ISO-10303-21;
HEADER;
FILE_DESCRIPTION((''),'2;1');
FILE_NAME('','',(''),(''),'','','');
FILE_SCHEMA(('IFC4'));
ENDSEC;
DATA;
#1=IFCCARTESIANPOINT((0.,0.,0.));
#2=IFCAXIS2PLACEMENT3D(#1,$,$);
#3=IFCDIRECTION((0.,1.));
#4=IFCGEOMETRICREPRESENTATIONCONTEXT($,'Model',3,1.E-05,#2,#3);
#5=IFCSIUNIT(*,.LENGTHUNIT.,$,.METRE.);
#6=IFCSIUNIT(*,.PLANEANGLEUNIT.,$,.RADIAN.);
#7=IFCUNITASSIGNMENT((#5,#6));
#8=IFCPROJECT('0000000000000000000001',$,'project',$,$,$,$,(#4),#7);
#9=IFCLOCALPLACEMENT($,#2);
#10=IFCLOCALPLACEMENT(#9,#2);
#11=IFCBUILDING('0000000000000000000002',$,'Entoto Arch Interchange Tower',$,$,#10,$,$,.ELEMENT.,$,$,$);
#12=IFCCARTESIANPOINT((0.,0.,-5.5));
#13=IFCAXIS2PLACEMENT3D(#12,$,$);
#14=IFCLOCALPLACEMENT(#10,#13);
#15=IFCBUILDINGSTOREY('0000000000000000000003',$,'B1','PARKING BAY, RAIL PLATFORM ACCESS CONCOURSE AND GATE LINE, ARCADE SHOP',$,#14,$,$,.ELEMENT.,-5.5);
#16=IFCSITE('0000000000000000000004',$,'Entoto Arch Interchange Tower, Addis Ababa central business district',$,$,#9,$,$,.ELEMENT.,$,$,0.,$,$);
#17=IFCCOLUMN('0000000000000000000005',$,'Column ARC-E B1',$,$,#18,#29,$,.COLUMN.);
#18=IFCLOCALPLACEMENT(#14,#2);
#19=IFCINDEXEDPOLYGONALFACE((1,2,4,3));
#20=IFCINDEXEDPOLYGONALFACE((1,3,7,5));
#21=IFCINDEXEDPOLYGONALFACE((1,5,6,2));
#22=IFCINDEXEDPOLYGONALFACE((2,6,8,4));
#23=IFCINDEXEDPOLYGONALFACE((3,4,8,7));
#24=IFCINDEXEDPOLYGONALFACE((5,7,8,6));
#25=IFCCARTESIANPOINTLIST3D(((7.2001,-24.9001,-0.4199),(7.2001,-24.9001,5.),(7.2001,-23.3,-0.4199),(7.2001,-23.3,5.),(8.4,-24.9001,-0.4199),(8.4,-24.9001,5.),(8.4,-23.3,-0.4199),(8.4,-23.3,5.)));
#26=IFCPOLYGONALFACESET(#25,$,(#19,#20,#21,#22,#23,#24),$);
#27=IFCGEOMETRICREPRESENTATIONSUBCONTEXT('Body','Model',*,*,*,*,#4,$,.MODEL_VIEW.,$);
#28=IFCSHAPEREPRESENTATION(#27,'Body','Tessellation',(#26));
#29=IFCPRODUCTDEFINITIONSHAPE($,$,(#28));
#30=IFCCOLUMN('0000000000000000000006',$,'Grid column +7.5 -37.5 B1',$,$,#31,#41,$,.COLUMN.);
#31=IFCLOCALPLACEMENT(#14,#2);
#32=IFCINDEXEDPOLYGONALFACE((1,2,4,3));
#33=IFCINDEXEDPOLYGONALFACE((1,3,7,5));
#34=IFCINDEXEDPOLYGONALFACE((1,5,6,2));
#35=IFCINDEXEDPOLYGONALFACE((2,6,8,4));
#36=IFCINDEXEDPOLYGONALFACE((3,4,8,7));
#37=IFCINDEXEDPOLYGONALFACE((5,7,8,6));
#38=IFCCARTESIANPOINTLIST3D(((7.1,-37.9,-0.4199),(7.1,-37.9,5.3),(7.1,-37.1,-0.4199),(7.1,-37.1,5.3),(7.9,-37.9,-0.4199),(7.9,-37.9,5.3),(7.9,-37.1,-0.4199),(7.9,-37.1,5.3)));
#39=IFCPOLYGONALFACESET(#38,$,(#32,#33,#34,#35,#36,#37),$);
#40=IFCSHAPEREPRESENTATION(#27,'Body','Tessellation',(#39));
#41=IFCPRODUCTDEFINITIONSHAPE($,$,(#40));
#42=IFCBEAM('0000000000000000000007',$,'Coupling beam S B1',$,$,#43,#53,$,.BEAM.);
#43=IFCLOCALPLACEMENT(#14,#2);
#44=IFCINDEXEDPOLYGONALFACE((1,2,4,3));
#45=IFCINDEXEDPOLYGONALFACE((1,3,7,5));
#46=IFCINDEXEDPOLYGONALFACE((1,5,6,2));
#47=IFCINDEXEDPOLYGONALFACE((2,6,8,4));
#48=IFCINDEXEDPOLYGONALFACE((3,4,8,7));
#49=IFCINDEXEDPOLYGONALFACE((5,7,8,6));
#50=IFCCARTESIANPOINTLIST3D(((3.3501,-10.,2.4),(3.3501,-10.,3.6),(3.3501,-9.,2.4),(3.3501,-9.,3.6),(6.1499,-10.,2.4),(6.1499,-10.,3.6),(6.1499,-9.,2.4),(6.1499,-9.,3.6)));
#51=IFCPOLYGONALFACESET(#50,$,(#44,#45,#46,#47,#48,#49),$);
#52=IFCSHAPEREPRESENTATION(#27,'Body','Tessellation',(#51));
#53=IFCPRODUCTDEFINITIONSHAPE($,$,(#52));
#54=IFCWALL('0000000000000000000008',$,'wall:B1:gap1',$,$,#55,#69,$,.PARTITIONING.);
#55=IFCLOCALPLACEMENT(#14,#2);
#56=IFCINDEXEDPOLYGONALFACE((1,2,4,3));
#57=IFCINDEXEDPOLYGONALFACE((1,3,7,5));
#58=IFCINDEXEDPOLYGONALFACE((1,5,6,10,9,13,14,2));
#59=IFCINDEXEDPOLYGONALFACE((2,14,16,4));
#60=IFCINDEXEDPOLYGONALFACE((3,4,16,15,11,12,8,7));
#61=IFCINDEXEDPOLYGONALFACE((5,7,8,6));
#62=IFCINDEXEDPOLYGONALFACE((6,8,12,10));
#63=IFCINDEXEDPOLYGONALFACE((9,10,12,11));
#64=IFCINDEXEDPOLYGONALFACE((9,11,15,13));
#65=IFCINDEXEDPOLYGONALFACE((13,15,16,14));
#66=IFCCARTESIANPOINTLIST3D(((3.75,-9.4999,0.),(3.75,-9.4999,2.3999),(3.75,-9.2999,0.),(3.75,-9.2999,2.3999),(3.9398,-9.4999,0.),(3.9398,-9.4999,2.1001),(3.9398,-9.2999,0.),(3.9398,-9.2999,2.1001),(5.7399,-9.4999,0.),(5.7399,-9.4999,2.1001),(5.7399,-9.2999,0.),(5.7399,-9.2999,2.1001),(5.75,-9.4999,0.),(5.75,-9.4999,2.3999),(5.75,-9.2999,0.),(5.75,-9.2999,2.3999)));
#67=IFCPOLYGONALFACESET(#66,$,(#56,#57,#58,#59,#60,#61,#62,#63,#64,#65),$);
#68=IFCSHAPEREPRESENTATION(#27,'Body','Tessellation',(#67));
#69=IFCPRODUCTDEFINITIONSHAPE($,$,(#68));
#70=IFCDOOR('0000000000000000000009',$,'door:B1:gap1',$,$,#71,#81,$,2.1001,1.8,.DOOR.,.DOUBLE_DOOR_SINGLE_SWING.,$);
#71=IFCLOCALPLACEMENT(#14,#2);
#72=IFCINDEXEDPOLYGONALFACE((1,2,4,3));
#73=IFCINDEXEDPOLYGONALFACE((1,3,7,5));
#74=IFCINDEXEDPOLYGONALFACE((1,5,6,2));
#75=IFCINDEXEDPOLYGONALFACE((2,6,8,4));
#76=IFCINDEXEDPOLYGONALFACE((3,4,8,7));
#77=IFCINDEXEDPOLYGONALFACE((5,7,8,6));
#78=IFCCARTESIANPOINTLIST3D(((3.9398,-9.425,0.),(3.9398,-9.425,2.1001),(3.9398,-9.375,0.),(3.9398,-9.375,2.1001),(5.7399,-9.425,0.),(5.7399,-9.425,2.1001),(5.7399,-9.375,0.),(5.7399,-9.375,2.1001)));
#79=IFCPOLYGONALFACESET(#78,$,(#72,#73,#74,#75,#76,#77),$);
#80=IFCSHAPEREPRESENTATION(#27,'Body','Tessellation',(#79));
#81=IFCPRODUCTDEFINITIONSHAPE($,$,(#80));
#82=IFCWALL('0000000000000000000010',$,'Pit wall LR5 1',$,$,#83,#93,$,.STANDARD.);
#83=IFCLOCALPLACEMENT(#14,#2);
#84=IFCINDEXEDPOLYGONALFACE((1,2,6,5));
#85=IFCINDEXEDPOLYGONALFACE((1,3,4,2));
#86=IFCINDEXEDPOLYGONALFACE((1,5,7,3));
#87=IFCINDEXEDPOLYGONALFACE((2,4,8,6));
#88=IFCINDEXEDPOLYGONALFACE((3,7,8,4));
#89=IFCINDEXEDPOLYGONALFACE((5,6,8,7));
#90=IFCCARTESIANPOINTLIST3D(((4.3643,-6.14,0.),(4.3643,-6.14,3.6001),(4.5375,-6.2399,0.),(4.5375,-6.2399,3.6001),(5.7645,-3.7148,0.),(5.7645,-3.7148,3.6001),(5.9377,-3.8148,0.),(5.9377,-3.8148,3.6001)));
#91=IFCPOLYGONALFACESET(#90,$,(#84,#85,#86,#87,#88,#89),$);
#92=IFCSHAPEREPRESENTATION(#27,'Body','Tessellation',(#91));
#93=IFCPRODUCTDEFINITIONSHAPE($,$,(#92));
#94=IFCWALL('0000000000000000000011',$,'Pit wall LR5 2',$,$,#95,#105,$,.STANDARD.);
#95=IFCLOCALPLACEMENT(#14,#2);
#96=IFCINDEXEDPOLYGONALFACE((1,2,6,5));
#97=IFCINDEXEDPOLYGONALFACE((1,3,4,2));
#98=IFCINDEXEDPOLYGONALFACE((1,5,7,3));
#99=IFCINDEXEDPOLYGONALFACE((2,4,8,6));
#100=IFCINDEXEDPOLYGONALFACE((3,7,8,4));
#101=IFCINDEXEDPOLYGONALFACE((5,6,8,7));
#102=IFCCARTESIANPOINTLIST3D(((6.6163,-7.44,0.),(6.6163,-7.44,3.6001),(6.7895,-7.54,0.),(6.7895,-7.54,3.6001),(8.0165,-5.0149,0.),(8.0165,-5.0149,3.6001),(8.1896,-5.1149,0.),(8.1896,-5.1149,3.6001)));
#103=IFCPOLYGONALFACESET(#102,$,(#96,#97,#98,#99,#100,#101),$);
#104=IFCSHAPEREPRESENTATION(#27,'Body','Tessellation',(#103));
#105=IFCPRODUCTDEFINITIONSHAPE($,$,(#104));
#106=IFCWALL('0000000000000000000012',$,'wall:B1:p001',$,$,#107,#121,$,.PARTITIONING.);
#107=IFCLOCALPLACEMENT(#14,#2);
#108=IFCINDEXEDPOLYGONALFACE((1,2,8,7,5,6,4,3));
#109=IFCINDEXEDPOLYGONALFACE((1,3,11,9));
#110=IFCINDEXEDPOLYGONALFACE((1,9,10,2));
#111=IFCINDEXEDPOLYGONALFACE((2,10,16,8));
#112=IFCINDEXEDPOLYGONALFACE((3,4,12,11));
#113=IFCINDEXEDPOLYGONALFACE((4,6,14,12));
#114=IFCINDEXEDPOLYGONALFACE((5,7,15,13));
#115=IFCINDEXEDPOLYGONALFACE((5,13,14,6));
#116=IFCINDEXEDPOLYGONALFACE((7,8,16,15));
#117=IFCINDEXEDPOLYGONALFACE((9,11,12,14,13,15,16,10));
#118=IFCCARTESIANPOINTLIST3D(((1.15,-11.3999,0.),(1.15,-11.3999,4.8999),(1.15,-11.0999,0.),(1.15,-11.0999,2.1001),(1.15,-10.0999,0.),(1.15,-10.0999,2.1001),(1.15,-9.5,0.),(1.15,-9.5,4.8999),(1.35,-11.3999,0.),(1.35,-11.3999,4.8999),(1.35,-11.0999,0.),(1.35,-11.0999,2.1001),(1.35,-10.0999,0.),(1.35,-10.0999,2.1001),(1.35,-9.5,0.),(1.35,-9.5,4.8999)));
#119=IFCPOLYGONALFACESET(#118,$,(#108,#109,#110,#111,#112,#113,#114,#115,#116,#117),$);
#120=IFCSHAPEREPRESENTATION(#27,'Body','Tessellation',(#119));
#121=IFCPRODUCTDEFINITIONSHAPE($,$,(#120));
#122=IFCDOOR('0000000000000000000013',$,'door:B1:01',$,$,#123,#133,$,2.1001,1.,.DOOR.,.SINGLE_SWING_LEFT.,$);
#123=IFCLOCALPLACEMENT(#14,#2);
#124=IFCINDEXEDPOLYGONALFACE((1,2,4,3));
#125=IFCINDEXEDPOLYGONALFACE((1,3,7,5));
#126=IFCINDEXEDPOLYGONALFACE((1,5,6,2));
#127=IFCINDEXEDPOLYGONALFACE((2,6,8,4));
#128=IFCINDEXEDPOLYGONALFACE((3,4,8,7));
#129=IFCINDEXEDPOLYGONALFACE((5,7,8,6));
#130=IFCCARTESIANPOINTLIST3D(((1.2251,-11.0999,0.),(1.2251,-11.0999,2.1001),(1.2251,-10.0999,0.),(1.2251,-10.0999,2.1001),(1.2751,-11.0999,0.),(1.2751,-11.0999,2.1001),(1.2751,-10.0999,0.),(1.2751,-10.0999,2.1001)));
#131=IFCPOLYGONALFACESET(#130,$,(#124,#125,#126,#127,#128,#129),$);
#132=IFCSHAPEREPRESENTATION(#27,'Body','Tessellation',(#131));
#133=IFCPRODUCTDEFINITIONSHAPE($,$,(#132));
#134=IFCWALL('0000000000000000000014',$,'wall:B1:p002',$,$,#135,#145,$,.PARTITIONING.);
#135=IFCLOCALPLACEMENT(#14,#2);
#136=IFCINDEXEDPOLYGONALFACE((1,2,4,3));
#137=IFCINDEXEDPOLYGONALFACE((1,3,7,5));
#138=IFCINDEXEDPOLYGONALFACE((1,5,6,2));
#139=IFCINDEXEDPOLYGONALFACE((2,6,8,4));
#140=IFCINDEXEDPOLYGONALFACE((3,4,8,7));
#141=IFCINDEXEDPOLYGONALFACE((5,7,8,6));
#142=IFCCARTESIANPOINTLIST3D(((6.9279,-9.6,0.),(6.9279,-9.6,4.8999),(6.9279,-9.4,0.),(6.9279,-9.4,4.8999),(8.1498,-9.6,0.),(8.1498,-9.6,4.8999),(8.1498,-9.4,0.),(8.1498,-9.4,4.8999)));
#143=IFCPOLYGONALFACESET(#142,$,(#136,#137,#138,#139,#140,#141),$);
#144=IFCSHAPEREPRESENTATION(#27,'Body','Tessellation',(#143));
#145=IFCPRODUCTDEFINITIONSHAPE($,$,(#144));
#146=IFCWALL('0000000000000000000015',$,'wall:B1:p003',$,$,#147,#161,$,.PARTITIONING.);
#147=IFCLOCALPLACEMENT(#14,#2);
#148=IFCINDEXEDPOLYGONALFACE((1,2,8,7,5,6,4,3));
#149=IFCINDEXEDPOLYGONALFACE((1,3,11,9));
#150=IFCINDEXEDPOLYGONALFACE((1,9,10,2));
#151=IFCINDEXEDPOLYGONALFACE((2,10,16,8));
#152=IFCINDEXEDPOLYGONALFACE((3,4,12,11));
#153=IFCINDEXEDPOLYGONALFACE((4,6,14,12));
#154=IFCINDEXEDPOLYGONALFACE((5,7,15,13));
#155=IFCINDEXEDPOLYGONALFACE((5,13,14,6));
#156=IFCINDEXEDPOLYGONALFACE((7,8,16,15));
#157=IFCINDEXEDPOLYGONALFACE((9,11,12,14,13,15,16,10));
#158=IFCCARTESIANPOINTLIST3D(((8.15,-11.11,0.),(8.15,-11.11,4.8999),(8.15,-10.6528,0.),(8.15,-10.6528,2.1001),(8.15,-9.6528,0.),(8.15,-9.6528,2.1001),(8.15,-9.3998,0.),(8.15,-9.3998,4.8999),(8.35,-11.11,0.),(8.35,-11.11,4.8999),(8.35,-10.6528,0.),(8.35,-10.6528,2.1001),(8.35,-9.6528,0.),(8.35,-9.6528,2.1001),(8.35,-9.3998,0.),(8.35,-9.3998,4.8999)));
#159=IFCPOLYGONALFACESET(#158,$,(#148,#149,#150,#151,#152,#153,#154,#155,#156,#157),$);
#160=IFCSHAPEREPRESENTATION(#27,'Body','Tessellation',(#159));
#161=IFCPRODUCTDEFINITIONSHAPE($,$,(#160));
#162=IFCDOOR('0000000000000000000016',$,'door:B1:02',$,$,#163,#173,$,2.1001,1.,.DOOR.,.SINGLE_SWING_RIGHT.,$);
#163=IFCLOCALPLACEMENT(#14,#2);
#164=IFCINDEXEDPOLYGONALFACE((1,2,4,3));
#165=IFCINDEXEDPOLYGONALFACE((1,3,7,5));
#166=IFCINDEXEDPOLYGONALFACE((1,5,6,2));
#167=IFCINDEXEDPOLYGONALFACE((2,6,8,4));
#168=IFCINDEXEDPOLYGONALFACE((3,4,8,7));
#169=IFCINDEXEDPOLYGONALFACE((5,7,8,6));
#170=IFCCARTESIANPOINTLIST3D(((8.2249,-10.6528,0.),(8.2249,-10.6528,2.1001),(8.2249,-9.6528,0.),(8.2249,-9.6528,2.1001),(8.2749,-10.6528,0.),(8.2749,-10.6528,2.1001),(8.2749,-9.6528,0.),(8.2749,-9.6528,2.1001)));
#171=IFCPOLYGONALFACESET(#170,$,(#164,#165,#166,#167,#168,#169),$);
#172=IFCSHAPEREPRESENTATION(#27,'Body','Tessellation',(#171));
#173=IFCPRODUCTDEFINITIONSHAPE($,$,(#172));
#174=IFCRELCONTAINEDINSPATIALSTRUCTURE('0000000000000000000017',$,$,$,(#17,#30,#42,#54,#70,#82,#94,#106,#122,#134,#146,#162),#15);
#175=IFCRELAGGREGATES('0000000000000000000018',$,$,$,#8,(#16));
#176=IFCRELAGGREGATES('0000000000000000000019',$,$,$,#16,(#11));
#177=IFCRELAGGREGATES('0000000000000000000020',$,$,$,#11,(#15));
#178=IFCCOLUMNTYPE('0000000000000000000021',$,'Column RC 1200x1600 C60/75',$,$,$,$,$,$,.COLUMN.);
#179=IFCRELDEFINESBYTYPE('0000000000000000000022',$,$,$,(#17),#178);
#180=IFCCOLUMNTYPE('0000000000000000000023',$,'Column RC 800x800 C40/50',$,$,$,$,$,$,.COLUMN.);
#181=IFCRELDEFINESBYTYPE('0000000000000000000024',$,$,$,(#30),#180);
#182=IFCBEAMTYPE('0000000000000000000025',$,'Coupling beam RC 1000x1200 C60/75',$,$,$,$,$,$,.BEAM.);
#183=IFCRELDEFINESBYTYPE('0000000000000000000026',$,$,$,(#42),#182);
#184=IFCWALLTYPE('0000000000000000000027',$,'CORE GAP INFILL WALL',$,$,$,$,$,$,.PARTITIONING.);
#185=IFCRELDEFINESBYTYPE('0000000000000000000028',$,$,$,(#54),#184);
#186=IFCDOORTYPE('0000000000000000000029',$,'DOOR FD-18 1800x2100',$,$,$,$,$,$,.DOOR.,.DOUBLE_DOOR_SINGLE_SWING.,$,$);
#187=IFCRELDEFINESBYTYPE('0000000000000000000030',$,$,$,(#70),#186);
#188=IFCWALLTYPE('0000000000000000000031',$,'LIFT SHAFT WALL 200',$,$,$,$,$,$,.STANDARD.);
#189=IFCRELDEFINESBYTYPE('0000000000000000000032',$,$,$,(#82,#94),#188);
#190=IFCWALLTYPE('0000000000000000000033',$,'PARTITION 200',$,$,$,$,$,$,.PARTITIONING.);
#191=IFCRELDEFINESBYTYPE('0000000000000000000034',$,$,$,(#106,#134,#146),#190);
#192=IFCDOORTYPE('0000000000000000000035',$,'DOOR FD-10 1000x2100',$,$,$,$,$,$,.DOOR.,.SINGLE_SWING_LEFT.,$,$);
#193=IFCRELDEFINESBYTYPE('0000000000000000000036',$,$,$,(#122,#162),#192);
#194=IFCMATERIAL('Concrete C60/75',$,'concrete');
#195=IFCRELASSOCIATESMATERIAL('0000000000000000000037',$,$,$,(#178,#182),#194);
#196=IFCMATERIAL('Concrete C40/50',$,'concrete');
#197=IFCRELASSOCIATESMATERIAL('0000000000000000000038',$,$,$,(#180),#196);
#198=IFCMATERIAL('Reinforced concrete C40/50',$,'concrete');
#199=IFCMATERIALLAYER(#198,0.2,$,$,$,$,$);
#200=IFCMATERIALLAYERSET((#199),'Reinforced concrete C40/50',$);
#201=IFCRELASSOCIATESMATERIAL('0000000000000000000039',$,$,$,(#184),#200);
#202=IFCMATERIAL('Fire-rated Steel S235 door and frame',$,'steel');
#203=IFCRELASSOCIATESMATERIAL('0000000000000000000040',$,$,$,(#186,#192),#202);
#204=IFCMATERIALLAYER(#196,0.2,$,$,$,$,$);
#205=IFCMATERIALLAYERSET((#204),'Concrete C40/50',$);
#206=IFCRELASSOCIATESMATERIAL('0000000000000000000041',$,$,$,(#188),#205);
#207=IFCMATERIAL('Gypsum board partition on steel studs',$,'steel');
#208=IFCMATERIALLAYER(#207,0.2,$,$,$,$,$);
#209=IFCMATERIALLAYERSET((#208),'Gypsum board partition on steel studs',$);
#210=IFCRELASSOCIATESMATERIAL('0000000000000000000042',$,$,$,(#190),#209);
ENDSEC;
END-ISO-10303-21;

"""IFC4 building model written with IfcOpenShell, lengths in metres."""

from ifc_helpers import new_model, si_unit, direction, frame, frame_2d, origin, origin_2d, place, context, subcontext, project, spatial, rectangle, extrude, material, layer, layer_set, material_profile, profile_set, type_object, element, fill, save


model = new_model("IFC4")

# Units and contexts
model_context = context("Model", 3, precision=1e-05, world=origin(), true_north=direction((0.0, 1.0)))
body_context = subcontext(model_context, "Body", "Model", "MODEL_VIEW")
ifc_project = project(units=[si_unit("LENGTHUNIT", "METRE"), si_unit("PLANEANGLEUNIT", "RADIAN")], contexts=[model_context])

# Site, building, storey
site_placement = place(None, origin())
site = spatial("IfcSite", under=ifc_project, at=site_placement, Name="Entoto Arch Interchange Tower, Addis Ababa central business district", CompositionType="ELEMENT", RefElevation=0.0)
building_placement = place(site_placement, origin())
building = spatial("IfcBuilding", under=site, at=building_placement, Name="Entoto Arch Interchange Tower", CompositionType="ELEMENT")
storey_placement = place(building_placement, frame((0.0, 0.0, -5.5)))
storey = spatial("IfcBuildingStorey", under=building, at=storey_placement, Name="B1", Description="PARKING BAY, RAIL PLATFORM ACCESS CONCOURSE AND GATE LINE, ARCADE SHOP", CompositionType="ELEMENT", Elevation=-5.5)

# Columns
ifc_material_1 = material(Name="Concrete C60/75", Category="concrete")
ifc_material_profile_1 = material_profile(ifc_material_1, rectangle(XDim=1.2, YDim=1.6001, at=origin_2d()))
ifc_profile_set_1 = profile_set([ifc_material_profile_1], Name="Concrete C60/75")
column_type_1 = type_object("IfcColumnType", Name="Column RC 1200x1600 C60/75", PredefinedType="COLUMN", material=ifc_profile_set_1)
column_1_placement = place(storey_placement, frame((7.8, -24.1001, -0.4199), z_axis=(0.0, 0.0, 1.0), x_axis=(1.0, 0.0, 0.0)))
element("IfcColumn", 1, at=column_1_placement, inside=storey, type_object=column_type_1, Name="Column ARC-E B1", PredefinedType="COLUMN", context=body_context, shape_type="SweptSolid", body=[
    extrude(rectangle(XDim=1.2, YDim=1.6001, at=origin_2d()), origin(), (0.0, 0.0, 1.0), 5.4199),
])
ifc_material_2 = material(Name="Concrete C40/50", Category="concrete")
ifc_material_profile_2 = material_profile(ifc_material_2, rectangle(XDim=0.8, YDim=0.8, at=origin_2d()))
ifc_profile_set_2 = profile_set([ifc_material_profile_2], Name="Concrete C40/50")
column_type_2 = type_object("IfcColumnType", Name="Column RC 800x800 C40/50", PredefinedType="COLUMN", material=ifc_profile_set_2)
column_2_placement = place(storey_placement, frame((7.5, -37.5, -0.4199), z_axis=(0.0, 0.0, 1.0), x_axis=(1.0, 0.0, 0.0)))
element("IfcColumn", 2, at=column_2_placement, inside=storey, type_object=column_type_2, Name="Grid column +7.5 -37.5 B1", PredefinedType="COLUMN", context=body_context, shape_type="SweptSolid", body=[
    extrude(rectangle(XDim=0.8, YDim=0.8, at=origin_2d()), origin(), (0.0, 0.0, 1.0), 5.72),
])

# Beam
ifc_material_profile_3 = material_profile(ifc_material_1, rectangle(XDim=1.0, YDim=1.2, at=origin_2d()))
ifc_profile_set_3 = profile_set([ifc_material_profile_3], Name="Concrete C60/75")
beam_type = type_object("IfcBeamType", Name="Coupling beam RC 1000x1200 C60/75", PredefinedType="BEAM", material=ifc_profile_set_3)
beam_placement = place(storey_placement, frame((3.3501, -9.5, 3.0), z_axis=(1.0, 0.0, 0.0), x_axis=(0.0, 1.0, 0.0)))
element("IfcBeam", 3, at=beam_placement, inside=storey, type_object=beam_type, Name="Coupling beam S B1", PredefinedType="BEAM", context=body_context, shape_type="SweptSolid", body=[
    extrude(rectangle(XDim=1.0, YDim=1.2, at=origin_2d()), origin(), (0.0, 0.0, 1.0), 2.7998),
])

# Wall, opening, door
ifc_material_3 = material(Name="Reinforced concrete C40/50", Category="concrete")
ifc_layer_1 = layer(ifc_material_3, 0.2)
ifc_layer_set_1 = layer_set([ifc_layer_1], Name="Reinforced concrete C40/50")
wall_type_1 = type_object("IfcWallType", Name="CORE GAP INFILL WALL", PredefinedType="PARTITIONING", material=ifc_layer_set_1)
wall_1_placement = place(storey_placement, frame((3.75, -9.3999, 0.0), z_axis=(0.0, 0.0, 1.0), x_axis=(1.0, 0.0, 0.0)))
wall_1 = element("IfcWall", 4, at=wall_1_placement, inside=storey, type_object=wall_type_1, Name="wall:B1:gap1", PredefinedType="PARTITIONING", context=body_context, shape_type="SweptSolid", body=[
    extrude(rectangle(XDim=2.0, YDim=0.2, at=frame_2d((1.0, 0.0))), origin(), (0.0, 0.0, 1.0), 2.3999),
])
opening_1_placement = place(wall_1_placement, frame((0.1899, 0.0, 0.0)))
opening_1 = element("IfcOpeningElement", 5, at=opening_1_placement, cuts=wall_1, PredefinedType="OPENING", context=body_context, shape_type="SweptSolid", body=[
    extrude(rectangle(XDim=1.8, YDim=2.1001, at=frame_2d((0.8999, 1.05))), frame((0.0, 0.1099, 0.0), z_axis=(0.0, -1.0, 0.0), x_axis=(1.0, 0.0, 0.0)), (0.0, 0.0, 1.0), 0.22),
])
ifc_material_4 = material(Name="Fire-rated Steel S235 door and frame", Category="steel")
door_type_1 = type_object("IfcDoorType", Name="DOOR FD-18 1800x2100", OperationType="DOUBLE_DOOR_SINGLE_SWING", PredefinedType="DOOR", material=ifc_material_4)
door_1_placement = place(opening_1_placement, origin())
door_1 = element("IfcDoor", 6, at=door_1_placement, inside=storey, type_object=door_type_1, Name="door:B1:gap1", OperationType="DOUBLE_DOOR_SINGLE_SWING", OverallHeight=2.1001, OverallWidth=1.8, PredefinedType="DOOR", context=body_context, shape_type="SweptSolid", body=[
    extrude(rectangle(XDim=1.8, YDim=2.1001, at=frame_2d((0.8999, 1.05))), frame((0.0, 0.0249, 0.0), z_axis=(0.0, -1.0, 0.0), x_axis=(1.0, 0.0, 0.0)), (0.0, 0.0, 1.0), 0.05),
])
fill(opening_1, door_1)

# Walls
ifc_layer_2 = layer(ifc_material_2, 0.2)
ifc_layer_set_2 = layer_set([ifc_layer_2], Name="Concrete C40/50")
wall_type_2 = type_object("IfcWallType", Name="LIFT SHAFT WALL 200", PredefinedType="STANDARD", material=ifc_layer_set_2)
for number, where, z_axis, x_axis, name in (
    (7, (4.4509, -6.1899, 0.0), (0.0, 0.0, 1.0), (0.500012, 0.866019, 0.0), "Pit wall LR5 1"),
    (8, (6.7029, -7.49, 0.0), (0.0, 0.0, 1.0), (0.500012, 0.866019, 0.0), "Pit wall LR5 2"),
):
    element("IfcWall", number, at=place(storey_placement, frame(where, z_axis=z_axis, x_axis=x_axis)), inside=storey, type_object=wall_type_2, Name=name, PredefinedType="STANDARD", context=body_context, shape_type="SweptSolid", body=[
        extrude(rectangle(XDim=2.8003, YDim=0.2, at=frame_2d((1.4001, 0.0))), origin(), (0.0, 0.0, 1.0), 3.6001),
    ])

# Wall, opening, door
ifc_material_5 = material(Name="Gypsum board partition on steel studs", Category="steel")
ifc_layer_3 = layer(ifc_material_5, 0.2)
ifc_layer_set_3 = layer_set([ifc_layer_3], Name="Gypsum board partition on steel studs")
wall_type_3 = type_object("IfcWallType", Name="PARTITION 200", PredefinedType="PARTITIONING", material=ifc_layer_set_3)
wall_2_placement = place(storey_placement, frame((1.25, -11.3999, 0.0), z_axis=(0.0, 0.0, 1.0), x_axis=(0.0, 1.0, 0.0)))
wall_2 = element("IfcWall", 9, at=wall_2_placement, inside=storey, type_object=wall_type_3, Name="wall:B1:p001", PredefinedType="PARTITIONING", context=body_context, shape_type="SweptSolid", body=[
    extrude(rectangle(XDim=1.8999, YDim=0.2, at=frame_2d((0.95, 0.0))), origin(), (0.0, 0.0, 1.0), 4.8999),
])
opening_2_placement = place(wall_2_placement, frame((0.3, 0.0, 0.0)))
opening_2 = element("IfcOpeningElement", 10, at=opening_2_placement, cuts=wall_2, PredefinedType="OPENING", context=body_context, shape_type="SweptSolid", body=[
    extrude(rectangle(XDim=1.0, YDim=2.1001, at=frame_2d((0.5, 1.05))), frame((0.0, 0.1099, 0.0), z_axis=(0.0, -1.0, 0.0), x_axis=(1.0, 0.0, 0.0)), (0.0, 0.0, 1.0), 0.22),
])
door_type_2 = type_object("IfcDoorType", Name="DOOR FD-10 1000x2100", OperationType="SINGLE_SWING_LEFT", PredefinedType="DOOR", material=ifc_material_4)
door_2_placement = place(opening_2_placement, origin())
door_2 = element("IfcDoor", 11, at=door_2_placement, inside=storey, type_object=door_type_2, Name="door:B1:01", OperationType="SINGLE_SWING_LEFT", OverallHeight=2.1001, OverallWidth=1.0, PredefinedType="DOOR", context=body_context, shape_type="SweptSolid", body=[
    extrude(rectangle(XDim=1.0, YDim=2.1001, at=frame_2d((0.5, 1.05))), frame((0.0, 0.0249, 0.0), z_axis=(0.0, -1.0, 0.0), x_axis=(1.0, 0.0, 0.0)), (0.0, 0.0, 1.0), 0.05),
])
fill(opening_2, door_2)

# Wall
wall_3_placement = place(storey_placement, frame((6.928, -9.5, 0.0), z_axis=(0.0, 0.0, 1.0), x_axis=(1.0, 0.0, 0.0)))
element("IfcWall", 12, at=wall_3_placement, inside=storey, type_object=wall_type_3, Name="wall:B1:p002", PredefinedType="PARTITIONING", context=body_context, shape_type="SweptSolid", body=[
    extrude(rectangle(XDim=1.2219, YDim=0.2, at=frame_2d((0.6108, 0.0))), origin(), (0.0, 0.0, 1.0), 4.8999),
])

# Wall, opening, door
wall_4_placement = place(storey_placement, frame((8.25, -9.3999, 0.0), z_axis=(0.0, 0.0, 1.0), x_axis=(0.0, -1.0, 0.0)))
wall_4 = element("IfcWall", 13, at=wall_4_placement, inside=storey, type_object=wall_type_3, Name="wall:B1:p003", PredefinedType="PARTITIONING", context=body_context, shape_type="SweptSolid", body=[
    extrude(rectangle(XDim=1.7102, YDim=0.2, at=frame_2d((0.855, 0.0))), origin(), (0.0, 0.0, 1.0), 4.8999),
])
opening_3_placement = place(wall_4_placement, frame((0.2529, 0.0, 0.0)))
opening_3 = element("IfcOpeningElement", 14, at=opening_3_placement, cuts=wall_4, PredefinedType="OPENING", context=body_context, shape_type="SweptSolid", body=[
    extrude(rectangle(XDim=1.0, YDim=2.1001, at=frame_2d((0.5, 1.05))), frame((0.0, 0.1099, 0.0), z_axis=(0.0, -1.0, 0.0), x_axis=(1.0, 0.0, 0.0)), (0.0, 0.0, 1.0), 0.22),
])
door_3_placement = place(opening_3_placement, origin())
door_3 = element("IfcDoor", 15, at=door_3_placement, inside=storey, type_object=door_type_2, Name="door:B1:02", OperationType="SINGLE_SWING_RIGHT", OverallHeight=2.1001, OverallWidth=1.0, PredefinedType="DOOR", context=body_context, shape_type="SweptSolid", body=[
    extrude(rectangle(XDim=1.0, YDim=2.1001, at=frame_2d((0.5, 1.05))), frame((0.0, 0.0249, 0.0), z_axis=(0.0, -1.0, 0.0), x_axis=(1.0, 0.0, 0.0)), (0.0, 0.0, 1.0), 0.05),
])
fill(opening_3, door_3)

save(model, "model.ifc")
